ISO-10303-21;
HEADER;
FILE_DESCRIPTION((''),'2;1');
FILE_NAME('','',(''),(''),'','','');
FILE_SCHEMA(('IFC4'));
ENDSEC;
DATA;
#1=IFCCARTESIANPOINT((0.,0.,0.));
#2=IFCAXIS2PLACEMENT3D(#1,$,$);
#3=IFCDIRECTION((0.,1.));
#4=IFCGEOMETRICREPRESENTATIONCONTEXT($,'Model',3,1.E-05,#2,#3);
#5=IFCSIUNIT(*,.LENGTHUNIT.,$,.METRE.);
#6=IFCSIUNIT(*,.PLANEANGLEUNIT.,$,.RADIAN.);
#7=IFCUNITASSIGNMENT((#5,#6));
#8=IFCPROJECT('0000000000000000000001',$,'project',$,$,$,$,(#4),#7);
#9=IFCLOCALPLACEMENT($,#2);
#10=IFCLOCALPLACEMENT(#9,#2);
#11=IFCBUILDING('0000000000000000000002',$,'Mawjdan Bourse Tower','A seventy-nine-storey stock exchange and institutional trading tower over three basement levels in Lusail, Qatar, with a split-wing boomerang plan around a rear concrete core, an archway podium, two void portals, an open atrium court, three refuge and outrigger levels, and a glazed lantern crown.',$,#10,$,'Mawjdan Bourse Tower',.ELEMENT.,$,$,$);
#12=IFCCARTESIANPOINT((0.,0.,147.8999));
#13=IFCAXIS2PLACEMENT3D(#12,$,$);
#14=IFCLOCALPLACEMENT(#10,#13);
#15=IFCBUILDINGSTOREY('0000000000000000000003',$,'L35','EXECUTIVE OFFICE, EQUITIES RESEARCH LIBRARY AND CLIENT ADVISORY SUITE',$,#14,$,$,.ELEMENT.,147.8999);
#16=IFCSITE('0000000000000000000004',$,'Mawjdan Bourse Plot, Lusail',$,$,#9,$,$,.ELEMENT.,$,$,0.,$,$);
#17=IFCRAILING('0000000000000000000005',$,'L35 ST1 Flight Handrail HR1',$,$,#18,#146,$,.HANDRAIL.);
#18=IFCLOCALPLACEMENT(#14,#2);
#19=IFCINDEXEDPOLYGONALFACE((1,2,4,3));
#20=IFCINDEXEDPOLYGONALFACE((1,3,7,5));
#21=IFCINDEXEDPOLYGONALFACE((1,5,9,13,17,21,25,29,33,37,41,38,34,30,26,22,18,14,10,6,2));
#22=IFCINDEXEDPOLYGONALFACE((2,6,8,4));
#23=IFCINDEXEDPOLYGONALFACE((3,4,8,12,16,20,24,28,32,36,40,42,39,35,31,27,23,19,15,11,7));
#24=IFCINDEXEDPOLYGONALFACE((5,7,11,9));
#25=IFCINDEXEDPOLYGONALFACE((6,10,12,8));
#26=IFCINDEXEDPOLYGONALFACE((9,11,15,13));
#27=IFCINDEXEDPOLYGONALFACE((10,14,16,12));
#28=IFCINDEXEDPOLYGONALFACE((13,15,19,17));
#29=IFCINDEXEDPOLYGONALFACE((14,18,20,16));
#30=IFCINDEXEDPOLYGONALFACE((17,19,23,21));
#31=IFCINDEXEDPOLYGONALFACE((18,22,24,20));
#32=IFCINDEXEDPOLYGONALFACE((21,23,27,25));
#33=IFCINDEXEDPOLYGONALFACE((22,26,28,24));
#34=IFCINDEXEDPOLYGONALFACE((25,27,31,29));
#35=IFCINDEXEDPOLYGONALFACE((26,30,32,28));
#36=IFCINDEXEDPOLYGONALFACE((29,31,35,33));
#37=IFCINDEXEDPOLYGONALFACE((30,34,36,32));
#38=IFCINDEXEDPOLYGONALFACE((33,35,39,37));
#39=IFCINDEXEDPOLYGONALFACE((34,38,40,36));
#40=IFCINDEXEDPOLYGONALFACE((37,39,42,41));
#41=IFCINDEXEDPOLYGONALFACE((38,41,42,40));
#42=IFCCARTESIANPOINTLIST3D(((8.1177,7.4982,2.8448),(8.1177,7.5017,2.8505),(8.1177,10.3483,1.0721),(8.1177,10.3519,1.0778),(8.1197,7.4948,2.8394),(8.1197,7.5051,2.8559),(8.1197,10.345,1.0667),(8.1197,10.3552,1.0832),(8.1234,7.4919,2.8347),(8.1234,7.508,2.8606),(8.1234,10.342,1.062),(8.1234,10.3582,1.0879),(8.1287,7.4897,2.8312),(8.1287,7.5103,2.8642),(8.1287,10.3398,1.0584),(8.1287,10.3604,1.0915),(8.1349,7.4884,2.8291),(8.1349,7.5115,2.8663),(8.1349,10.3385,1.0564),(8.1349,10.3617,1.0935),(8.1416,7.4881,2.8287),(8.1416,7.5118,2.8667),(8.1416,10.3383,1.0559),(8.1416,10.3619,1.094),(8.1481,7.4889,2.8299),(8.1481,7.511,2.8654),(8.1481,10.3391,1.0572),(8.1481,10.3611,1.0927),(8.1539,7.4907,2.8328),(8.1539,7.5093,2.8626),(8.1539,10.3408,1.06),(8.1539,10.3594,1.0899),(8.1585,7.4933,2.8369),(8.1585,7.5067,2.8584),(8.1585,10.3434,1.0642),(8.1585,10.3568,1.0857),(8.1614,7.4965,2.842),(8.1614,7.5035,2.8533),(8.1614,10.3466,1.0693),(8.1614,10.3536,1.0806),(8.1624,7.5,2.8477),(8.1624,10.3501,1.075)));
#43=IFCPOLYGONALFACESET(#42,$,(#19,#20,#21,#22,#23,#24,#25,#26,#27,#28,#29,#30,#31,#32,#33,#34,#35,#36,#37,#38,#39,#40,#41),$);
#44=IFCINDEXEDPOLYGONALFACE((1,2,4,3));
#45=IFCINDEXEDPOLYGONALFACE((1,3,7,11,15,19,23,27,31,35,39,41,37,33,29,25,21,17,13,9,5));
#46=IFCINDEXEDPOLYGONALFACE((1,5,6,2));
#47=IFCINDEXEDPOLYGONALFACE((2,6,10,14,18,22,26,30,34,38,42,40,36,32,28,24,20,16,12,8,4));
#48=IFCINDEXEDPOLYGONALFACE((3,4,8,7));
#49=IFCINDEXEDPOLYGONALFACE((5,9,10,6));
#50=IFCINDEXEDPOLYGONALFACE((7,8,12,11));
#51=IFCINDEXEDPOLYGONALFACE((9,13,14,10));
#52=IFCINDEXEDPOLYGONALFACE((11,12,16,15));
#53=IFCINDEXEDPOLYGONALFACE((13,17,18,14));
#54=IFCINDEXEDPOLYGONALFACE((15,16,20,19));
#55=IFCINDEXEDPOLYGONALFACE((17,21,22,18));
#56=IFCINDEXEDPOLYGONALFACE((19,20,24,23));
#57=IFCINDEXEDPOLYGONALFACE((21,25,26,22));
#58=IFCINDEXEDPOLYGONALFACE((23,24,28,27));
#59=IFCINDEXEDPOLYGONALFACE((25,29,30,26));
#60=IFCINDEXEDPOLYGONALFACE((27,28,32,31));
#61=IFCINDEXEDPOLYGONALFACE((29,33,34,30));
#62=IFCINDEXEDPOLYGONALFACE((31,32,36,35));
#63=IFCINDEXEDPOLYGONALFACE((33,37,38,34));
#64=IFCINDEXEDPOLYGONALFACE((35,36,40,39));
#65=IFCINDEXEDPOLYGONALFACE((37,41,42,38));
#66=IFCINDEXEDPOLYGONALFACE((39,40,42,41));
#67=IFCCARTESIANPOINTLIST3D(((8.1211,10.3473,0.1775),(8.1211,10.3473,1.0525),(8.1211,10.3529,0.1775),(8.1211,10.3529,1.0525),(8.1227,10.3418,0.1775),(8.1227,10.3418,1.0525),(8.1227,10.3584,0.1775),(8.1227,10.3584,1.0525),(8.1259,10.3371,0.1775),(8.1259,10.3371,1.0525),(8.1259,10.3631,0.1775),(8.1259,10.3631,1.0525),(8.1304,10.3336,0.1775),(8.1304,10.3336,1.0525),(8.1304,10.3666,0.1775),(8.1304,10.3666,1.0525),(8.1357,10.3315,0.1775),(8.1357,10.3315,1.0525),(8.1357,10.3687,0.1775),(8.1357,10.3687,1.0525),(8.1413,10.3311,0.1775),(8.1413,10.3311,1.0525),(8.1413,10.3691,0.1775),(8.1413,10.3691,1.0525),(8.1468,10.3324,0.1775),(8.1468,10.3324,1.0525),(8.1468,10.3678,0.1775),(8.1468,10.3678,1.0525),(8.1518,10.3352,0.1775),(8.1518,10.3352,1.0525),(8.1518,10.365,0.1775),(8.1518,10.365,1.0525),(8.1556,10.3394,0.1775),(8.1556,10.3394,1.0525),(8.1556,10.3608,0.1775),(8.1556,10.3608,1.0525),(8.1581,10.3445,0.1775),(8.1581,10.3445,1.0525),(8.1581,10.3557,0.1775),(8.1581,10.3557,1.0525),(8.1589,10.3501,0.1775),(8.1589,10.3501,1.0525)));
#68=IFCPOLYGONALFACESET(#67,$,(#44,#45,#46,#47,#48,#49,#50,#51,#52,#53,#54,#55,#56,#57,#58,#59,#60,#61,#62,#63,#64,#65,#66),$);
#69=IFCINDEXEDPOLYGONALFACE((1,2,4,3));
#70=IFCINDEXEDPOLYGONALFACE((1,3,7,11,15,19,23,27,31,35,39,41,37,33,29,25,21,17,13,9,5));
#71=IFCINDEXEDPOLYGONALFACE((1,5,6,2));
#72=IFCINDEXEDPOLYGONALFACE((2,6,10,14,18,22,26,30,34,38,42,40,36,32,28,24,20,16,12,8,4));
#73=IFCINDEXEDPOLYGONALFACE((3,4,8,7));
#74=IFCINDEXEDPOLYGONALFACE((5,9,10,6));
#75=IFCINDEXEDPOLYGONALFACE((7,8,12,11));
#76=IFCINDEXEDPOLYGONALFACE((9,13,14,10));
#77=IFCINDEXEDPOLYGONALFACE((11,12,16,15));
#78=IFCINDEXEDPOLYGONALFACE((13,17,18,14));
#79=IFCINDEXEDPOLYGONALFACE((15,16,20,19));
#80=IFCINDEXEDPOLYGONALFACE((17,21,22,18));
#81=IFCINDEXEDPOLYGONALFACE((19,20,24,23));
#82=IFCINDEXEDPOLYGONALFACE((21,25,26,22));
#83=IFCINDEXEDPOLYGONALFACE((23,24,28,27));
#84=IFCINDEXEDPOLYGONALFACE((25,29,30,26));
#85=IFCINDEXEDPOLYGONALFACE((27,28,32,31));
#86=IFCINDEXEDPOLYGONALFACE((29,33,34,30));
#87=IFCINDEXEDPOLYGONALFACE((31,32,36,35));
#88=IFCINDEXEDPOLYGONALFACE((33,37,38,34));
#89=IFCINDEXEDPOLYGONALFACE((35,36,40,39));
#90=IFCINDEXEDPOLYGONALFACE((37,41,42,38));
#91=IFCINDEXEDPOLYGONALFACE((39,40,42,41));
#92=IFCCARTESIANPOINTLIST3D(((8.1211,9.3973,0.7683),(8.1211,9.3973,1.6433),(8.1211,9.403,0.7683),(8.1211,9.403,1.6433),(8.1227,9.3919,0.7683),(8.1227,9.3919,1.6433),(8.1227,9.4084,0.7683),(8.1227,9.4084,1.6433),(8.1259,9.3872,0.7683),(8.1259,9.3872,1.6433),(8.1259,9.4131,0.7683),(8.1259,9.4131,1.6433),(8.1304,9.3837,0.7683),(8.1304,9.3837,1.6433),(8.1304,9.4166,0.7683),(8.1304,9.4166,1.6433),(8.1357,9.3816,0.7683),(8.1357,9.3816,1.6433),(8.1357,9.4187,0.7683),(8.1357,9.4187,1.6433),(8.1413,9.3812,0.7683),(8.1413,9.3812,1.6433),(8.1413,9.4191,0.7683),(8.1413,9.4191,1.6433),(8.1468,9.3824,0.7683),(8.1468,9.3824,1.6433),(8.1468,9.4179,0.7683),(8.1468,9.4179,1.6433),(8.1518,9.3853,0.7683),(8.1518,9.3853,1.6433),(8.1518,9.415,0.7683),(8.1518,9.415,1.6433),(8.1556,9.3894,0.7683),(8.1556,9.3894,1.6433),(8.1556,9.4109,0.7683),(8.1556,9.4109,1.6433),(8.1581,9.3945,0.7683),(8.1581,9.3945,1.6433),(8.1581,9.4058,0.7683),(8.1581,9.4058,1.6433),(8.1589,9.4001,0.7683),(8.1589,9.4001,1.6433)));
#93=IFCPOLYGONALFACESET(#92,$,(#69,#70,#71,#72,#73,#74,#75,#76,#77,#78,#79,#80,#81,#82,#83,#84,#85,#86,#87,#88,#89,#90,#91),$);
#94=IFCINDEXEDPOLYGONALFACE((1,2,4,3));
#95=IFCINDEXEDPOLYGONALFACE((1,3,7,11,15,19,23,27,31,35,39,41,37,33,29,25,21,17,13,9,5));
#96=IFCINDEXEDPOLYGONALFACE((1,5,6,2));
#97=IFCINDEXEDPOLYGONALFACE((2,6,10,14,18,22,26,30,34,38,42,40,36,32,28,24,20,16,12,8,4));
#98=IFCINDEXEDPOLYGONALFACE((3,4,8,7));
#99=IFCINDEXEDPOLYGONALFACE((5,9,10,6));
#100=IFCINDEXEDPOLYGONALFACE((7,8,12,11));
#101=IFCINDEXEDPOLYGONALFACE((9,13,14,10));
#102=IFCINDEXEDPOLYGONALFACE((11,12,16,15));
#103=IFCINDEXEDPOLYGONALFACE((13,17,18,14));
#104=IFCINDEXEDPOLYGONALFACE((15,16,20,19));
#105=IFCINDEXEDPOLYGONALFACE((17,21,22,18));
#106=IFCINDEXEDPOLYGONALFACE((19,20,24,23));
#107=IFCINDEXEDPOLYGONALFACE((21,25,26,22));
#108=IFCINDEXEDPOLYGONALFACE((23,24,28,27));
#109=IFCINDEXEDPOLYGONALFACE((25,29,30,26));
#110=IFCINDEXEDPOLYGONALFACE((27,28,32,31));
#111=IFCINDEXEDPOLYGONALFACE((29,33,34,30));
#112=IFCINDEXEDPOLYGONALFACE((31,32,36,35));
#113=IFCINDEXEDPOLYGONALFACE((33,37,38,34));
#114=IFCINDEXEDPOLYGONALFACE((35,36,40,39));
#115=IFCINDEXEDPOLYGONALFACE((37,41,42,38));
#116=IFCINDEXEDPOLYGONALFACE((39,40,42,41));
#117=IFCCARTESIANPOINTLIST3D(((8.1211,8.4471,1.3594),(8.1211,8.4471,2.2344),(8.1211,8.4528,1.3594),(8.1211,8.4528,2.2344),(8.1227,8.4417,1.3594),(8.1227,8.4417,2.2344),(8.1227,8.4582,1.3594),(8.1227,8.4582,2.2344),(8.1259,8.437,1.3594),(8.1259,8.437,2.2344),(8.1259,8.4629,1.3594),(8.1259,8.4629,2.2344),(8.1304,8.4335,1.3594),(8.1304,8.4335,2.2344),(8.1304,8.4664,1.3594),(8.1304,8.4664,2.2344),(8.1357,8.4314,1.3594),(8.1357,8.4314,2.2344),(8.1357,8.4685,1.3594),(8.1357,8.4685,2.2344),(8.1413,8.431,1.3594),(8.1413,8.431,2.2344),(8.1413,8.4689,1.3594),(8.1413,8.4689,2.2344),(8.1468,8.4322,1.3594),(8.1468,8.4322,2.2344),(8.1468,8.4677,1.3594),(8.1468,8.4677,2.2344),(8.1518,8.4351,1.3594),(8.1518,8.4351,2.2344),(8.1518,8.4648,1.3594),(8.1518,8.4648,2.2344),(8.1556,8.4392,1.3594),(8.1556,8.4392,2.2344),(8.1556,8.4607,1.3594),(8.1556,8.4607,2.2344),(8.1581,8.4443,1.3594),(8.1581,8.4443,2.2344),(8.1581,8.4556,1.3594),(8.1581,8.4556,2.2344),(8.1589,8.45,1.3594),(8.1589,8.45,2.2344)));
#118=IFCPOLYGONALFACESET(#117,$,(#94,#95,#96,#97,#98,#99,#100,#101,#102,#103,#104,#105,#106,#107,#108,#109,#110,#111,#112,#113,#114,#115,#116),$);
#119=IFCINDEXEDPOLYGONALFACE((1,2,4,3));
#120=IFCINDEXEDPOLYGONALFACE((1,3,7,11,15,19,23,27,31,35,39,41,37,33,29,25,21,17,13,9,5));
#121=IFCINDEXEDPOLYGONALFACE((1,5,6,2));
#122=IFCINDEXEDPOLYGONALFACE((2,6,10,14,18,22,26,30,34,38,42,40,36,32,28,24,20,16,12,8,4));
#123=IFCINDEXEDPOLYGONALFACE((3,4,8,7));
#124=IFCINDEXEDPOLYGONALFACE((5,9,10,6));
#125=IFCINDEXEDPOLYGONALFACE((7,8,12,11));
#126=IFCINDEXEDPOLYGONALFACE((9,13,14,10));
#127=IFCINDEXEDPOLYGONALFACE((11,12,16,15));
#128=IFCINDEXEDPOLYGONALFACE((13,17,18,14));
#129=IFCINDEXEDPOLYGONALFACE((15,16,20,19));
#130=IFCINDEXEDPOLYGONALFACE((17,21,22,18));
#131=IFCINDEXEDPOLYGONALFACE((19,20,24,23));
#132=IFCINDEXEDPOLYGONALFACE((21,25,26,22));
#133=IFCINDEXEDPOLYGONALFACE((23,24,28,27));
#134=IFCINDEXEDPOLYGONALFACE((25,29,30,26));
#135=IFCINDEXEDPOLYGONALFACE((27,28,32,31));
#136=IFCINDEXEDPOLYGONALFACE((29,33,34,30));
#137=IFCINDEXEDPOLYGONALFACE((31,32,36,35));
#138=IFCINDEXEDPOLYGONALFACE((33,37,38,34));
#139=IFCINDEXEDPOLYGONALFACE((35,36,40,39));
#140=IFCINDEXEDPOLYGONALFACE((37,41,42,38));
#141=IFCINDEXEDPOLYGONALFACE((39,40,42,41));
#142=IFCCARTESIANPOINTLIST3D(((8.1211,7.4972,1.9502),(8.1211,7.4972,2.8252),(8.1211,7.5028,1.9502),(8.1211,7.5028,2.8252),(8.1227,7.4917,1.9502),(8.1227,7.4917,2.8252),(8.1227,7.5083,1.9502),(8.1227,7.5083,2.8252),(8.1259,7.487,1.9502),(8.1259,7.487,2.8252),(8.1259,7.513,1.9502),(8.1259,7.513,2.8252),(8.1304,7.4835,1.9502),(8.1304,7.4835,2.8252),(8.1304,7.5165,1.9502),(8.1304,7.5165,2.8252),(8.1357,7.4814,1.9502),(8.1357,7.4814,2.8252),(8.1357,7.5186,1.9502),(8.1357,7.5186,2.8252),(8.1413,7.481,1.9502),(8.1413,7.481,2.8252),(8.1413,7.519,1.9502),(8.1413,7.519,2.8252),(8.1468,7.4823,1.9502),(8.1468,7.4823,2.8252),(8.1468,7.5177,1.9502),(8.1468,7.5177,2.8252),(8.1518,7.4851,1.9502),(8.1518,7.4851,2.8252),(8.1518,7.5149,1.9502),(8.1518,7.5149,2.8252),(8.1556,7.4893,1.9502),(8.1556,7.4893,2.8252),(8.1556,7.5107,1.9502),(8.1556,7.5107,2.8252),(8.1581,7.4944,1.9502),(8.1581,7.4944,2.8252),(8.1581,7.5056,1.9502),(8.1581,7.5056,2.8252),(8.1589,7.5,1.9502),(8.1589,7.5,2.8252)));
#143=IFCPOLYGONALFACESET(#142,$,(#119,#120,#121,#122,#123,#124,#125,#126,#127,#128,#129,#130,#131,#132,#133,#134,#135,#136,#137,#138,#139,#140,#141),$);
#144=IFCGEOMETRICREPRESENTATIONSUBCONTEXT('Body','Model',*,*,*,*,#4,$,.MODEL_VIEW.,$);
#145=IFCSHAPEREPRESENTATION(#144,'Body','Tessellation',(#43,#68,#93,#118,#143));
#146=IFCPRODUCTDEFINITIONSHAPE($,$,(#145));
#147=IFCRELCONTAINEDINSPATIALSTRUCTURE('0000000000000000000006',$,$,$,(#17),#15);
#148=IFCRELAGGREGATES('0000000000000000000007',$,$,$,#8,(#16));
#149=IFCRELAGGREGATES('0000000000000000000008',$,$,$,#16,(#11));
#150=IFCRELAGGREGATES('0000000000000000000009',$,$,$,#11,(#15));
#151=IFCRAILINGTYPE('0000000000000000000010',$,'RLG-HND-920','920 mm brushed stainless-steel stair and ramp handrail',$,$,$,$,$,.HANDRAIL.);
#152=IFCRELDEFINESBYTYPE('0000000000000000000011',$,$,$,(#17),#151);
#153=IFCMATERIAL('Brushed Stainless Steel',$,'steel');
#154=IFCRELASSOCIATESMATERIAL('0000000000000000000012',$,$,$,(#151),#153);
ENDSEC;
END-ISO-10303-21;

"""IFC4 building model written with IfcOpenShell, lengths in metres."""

from ifc_helpers import new_model, si_unit, direction, frame, origin, origin_2d, place, context, subcontext, project, spatial, circle, extrude, material, type_object, element, save


model = new_model("IFC4")

# Units and contexts
model_context = context("Model", 3, precision=1e-05, world=origin(), true_north=direction((0.0, 1.0)))
body_context = subcontext(model_context, "Body", "Model", "MODEL_VIEW")
ifc_project = project(units=[si_unit("LENGTHUNIT", "METRE"), si_unit("PLANEANGLEUNIT", "RADIAN")], contexts=[model_context])

# Site, building, storey
site_placement = place(None, origin())
site = spatial("IfcSite", under=ifc_project, at=site_placement, Name="Mawjdan Bourse Plot, Lusail", CompositionType="ELEMENT", RefElevation=0.0)
building_placement = place(site_placement, origin())
building = spatial("IfcBuilding", under=site, at=building_placement, Name="Mawjdan Bourse Tower", Description="A seventy-nine-storey stock exchange and institutional trading tower over three basement levels in Lusail, Qatar, with a split-wing boomerang plan around a rear concrete core, an archway podium, two void portals, an open atrium court, three refuge and outrigger levels, and a glazed lantern crown.", LongName="Mawjdan Bourse Tower", CompositionType="ELEMENT")
storey_placement = place(building_placement, frame((0.0, 0.0, 147.8999)))
storey = spatial("IfcBuildingStorey", under=building, at=storey_placement, Name="L35", Description="EXECUTIVE OFFICE, EQUITIES RESEARCH LIBRARY AND CLIENT ADVISORY SUITE", CompositionType="ELEMENT", Elevation=147.8999)

# Railing
ifc_material_1 = material(Name="Brushed Stainless Steel", Category="steel")
railing_type_1 = type_object("IfcRailingType", Name="RLG-HND-920", Description="920 mm brushed stainless-steel stair and ramp handrail", PredefinedType="HANDRAIL", material=ifc_material_1)
for number, where, name in (
    (1, (8.1399, 10.3501, 0.1775), "L35 ST1 Flight Handrail HR1"),
):
    element("IfcRailing", number, at=place(storey_placement, frame(where)), inside=storey, type_object=railing_type_1, Name=name, PredefinedType="HANDRAIL", context=body_context, shape_type="SweptSolid", body=[
        extrude(circle(Radius=0.0225, at=origin_2d()), frame((0.0, 0.0, 0.8975), z_axis=(0.0, -0.849149, 0.528154), x_axis=(1.0, 0.0, 0.0)), (0.0, 0.0, 1.0), 3.3564),
        extrude(circle(Radius=0.019, at=origin_2d()), origin(), (0.0, 0.0, 1.0), 0.875),
        extrude(circle(Radius=0.019, at=origin_2d()), frame((0.0, -0.95, 0.5908)), (0.0, 0.0, 1.0), 0.875),
        extrude(circle(Radius=0.019, at=origin_2d()), frame((0.0, -1.9001, 1.1819)), (0.0, 0.0, 1.0), 0.875),
        extrude(circle(Radius=0.019, at=origin_2d()), frame((0.0, -2.8501, 1.7727)), (0.0, 0.0, 1.0), 0.875),
    ])

save(model, "model.ifc")
